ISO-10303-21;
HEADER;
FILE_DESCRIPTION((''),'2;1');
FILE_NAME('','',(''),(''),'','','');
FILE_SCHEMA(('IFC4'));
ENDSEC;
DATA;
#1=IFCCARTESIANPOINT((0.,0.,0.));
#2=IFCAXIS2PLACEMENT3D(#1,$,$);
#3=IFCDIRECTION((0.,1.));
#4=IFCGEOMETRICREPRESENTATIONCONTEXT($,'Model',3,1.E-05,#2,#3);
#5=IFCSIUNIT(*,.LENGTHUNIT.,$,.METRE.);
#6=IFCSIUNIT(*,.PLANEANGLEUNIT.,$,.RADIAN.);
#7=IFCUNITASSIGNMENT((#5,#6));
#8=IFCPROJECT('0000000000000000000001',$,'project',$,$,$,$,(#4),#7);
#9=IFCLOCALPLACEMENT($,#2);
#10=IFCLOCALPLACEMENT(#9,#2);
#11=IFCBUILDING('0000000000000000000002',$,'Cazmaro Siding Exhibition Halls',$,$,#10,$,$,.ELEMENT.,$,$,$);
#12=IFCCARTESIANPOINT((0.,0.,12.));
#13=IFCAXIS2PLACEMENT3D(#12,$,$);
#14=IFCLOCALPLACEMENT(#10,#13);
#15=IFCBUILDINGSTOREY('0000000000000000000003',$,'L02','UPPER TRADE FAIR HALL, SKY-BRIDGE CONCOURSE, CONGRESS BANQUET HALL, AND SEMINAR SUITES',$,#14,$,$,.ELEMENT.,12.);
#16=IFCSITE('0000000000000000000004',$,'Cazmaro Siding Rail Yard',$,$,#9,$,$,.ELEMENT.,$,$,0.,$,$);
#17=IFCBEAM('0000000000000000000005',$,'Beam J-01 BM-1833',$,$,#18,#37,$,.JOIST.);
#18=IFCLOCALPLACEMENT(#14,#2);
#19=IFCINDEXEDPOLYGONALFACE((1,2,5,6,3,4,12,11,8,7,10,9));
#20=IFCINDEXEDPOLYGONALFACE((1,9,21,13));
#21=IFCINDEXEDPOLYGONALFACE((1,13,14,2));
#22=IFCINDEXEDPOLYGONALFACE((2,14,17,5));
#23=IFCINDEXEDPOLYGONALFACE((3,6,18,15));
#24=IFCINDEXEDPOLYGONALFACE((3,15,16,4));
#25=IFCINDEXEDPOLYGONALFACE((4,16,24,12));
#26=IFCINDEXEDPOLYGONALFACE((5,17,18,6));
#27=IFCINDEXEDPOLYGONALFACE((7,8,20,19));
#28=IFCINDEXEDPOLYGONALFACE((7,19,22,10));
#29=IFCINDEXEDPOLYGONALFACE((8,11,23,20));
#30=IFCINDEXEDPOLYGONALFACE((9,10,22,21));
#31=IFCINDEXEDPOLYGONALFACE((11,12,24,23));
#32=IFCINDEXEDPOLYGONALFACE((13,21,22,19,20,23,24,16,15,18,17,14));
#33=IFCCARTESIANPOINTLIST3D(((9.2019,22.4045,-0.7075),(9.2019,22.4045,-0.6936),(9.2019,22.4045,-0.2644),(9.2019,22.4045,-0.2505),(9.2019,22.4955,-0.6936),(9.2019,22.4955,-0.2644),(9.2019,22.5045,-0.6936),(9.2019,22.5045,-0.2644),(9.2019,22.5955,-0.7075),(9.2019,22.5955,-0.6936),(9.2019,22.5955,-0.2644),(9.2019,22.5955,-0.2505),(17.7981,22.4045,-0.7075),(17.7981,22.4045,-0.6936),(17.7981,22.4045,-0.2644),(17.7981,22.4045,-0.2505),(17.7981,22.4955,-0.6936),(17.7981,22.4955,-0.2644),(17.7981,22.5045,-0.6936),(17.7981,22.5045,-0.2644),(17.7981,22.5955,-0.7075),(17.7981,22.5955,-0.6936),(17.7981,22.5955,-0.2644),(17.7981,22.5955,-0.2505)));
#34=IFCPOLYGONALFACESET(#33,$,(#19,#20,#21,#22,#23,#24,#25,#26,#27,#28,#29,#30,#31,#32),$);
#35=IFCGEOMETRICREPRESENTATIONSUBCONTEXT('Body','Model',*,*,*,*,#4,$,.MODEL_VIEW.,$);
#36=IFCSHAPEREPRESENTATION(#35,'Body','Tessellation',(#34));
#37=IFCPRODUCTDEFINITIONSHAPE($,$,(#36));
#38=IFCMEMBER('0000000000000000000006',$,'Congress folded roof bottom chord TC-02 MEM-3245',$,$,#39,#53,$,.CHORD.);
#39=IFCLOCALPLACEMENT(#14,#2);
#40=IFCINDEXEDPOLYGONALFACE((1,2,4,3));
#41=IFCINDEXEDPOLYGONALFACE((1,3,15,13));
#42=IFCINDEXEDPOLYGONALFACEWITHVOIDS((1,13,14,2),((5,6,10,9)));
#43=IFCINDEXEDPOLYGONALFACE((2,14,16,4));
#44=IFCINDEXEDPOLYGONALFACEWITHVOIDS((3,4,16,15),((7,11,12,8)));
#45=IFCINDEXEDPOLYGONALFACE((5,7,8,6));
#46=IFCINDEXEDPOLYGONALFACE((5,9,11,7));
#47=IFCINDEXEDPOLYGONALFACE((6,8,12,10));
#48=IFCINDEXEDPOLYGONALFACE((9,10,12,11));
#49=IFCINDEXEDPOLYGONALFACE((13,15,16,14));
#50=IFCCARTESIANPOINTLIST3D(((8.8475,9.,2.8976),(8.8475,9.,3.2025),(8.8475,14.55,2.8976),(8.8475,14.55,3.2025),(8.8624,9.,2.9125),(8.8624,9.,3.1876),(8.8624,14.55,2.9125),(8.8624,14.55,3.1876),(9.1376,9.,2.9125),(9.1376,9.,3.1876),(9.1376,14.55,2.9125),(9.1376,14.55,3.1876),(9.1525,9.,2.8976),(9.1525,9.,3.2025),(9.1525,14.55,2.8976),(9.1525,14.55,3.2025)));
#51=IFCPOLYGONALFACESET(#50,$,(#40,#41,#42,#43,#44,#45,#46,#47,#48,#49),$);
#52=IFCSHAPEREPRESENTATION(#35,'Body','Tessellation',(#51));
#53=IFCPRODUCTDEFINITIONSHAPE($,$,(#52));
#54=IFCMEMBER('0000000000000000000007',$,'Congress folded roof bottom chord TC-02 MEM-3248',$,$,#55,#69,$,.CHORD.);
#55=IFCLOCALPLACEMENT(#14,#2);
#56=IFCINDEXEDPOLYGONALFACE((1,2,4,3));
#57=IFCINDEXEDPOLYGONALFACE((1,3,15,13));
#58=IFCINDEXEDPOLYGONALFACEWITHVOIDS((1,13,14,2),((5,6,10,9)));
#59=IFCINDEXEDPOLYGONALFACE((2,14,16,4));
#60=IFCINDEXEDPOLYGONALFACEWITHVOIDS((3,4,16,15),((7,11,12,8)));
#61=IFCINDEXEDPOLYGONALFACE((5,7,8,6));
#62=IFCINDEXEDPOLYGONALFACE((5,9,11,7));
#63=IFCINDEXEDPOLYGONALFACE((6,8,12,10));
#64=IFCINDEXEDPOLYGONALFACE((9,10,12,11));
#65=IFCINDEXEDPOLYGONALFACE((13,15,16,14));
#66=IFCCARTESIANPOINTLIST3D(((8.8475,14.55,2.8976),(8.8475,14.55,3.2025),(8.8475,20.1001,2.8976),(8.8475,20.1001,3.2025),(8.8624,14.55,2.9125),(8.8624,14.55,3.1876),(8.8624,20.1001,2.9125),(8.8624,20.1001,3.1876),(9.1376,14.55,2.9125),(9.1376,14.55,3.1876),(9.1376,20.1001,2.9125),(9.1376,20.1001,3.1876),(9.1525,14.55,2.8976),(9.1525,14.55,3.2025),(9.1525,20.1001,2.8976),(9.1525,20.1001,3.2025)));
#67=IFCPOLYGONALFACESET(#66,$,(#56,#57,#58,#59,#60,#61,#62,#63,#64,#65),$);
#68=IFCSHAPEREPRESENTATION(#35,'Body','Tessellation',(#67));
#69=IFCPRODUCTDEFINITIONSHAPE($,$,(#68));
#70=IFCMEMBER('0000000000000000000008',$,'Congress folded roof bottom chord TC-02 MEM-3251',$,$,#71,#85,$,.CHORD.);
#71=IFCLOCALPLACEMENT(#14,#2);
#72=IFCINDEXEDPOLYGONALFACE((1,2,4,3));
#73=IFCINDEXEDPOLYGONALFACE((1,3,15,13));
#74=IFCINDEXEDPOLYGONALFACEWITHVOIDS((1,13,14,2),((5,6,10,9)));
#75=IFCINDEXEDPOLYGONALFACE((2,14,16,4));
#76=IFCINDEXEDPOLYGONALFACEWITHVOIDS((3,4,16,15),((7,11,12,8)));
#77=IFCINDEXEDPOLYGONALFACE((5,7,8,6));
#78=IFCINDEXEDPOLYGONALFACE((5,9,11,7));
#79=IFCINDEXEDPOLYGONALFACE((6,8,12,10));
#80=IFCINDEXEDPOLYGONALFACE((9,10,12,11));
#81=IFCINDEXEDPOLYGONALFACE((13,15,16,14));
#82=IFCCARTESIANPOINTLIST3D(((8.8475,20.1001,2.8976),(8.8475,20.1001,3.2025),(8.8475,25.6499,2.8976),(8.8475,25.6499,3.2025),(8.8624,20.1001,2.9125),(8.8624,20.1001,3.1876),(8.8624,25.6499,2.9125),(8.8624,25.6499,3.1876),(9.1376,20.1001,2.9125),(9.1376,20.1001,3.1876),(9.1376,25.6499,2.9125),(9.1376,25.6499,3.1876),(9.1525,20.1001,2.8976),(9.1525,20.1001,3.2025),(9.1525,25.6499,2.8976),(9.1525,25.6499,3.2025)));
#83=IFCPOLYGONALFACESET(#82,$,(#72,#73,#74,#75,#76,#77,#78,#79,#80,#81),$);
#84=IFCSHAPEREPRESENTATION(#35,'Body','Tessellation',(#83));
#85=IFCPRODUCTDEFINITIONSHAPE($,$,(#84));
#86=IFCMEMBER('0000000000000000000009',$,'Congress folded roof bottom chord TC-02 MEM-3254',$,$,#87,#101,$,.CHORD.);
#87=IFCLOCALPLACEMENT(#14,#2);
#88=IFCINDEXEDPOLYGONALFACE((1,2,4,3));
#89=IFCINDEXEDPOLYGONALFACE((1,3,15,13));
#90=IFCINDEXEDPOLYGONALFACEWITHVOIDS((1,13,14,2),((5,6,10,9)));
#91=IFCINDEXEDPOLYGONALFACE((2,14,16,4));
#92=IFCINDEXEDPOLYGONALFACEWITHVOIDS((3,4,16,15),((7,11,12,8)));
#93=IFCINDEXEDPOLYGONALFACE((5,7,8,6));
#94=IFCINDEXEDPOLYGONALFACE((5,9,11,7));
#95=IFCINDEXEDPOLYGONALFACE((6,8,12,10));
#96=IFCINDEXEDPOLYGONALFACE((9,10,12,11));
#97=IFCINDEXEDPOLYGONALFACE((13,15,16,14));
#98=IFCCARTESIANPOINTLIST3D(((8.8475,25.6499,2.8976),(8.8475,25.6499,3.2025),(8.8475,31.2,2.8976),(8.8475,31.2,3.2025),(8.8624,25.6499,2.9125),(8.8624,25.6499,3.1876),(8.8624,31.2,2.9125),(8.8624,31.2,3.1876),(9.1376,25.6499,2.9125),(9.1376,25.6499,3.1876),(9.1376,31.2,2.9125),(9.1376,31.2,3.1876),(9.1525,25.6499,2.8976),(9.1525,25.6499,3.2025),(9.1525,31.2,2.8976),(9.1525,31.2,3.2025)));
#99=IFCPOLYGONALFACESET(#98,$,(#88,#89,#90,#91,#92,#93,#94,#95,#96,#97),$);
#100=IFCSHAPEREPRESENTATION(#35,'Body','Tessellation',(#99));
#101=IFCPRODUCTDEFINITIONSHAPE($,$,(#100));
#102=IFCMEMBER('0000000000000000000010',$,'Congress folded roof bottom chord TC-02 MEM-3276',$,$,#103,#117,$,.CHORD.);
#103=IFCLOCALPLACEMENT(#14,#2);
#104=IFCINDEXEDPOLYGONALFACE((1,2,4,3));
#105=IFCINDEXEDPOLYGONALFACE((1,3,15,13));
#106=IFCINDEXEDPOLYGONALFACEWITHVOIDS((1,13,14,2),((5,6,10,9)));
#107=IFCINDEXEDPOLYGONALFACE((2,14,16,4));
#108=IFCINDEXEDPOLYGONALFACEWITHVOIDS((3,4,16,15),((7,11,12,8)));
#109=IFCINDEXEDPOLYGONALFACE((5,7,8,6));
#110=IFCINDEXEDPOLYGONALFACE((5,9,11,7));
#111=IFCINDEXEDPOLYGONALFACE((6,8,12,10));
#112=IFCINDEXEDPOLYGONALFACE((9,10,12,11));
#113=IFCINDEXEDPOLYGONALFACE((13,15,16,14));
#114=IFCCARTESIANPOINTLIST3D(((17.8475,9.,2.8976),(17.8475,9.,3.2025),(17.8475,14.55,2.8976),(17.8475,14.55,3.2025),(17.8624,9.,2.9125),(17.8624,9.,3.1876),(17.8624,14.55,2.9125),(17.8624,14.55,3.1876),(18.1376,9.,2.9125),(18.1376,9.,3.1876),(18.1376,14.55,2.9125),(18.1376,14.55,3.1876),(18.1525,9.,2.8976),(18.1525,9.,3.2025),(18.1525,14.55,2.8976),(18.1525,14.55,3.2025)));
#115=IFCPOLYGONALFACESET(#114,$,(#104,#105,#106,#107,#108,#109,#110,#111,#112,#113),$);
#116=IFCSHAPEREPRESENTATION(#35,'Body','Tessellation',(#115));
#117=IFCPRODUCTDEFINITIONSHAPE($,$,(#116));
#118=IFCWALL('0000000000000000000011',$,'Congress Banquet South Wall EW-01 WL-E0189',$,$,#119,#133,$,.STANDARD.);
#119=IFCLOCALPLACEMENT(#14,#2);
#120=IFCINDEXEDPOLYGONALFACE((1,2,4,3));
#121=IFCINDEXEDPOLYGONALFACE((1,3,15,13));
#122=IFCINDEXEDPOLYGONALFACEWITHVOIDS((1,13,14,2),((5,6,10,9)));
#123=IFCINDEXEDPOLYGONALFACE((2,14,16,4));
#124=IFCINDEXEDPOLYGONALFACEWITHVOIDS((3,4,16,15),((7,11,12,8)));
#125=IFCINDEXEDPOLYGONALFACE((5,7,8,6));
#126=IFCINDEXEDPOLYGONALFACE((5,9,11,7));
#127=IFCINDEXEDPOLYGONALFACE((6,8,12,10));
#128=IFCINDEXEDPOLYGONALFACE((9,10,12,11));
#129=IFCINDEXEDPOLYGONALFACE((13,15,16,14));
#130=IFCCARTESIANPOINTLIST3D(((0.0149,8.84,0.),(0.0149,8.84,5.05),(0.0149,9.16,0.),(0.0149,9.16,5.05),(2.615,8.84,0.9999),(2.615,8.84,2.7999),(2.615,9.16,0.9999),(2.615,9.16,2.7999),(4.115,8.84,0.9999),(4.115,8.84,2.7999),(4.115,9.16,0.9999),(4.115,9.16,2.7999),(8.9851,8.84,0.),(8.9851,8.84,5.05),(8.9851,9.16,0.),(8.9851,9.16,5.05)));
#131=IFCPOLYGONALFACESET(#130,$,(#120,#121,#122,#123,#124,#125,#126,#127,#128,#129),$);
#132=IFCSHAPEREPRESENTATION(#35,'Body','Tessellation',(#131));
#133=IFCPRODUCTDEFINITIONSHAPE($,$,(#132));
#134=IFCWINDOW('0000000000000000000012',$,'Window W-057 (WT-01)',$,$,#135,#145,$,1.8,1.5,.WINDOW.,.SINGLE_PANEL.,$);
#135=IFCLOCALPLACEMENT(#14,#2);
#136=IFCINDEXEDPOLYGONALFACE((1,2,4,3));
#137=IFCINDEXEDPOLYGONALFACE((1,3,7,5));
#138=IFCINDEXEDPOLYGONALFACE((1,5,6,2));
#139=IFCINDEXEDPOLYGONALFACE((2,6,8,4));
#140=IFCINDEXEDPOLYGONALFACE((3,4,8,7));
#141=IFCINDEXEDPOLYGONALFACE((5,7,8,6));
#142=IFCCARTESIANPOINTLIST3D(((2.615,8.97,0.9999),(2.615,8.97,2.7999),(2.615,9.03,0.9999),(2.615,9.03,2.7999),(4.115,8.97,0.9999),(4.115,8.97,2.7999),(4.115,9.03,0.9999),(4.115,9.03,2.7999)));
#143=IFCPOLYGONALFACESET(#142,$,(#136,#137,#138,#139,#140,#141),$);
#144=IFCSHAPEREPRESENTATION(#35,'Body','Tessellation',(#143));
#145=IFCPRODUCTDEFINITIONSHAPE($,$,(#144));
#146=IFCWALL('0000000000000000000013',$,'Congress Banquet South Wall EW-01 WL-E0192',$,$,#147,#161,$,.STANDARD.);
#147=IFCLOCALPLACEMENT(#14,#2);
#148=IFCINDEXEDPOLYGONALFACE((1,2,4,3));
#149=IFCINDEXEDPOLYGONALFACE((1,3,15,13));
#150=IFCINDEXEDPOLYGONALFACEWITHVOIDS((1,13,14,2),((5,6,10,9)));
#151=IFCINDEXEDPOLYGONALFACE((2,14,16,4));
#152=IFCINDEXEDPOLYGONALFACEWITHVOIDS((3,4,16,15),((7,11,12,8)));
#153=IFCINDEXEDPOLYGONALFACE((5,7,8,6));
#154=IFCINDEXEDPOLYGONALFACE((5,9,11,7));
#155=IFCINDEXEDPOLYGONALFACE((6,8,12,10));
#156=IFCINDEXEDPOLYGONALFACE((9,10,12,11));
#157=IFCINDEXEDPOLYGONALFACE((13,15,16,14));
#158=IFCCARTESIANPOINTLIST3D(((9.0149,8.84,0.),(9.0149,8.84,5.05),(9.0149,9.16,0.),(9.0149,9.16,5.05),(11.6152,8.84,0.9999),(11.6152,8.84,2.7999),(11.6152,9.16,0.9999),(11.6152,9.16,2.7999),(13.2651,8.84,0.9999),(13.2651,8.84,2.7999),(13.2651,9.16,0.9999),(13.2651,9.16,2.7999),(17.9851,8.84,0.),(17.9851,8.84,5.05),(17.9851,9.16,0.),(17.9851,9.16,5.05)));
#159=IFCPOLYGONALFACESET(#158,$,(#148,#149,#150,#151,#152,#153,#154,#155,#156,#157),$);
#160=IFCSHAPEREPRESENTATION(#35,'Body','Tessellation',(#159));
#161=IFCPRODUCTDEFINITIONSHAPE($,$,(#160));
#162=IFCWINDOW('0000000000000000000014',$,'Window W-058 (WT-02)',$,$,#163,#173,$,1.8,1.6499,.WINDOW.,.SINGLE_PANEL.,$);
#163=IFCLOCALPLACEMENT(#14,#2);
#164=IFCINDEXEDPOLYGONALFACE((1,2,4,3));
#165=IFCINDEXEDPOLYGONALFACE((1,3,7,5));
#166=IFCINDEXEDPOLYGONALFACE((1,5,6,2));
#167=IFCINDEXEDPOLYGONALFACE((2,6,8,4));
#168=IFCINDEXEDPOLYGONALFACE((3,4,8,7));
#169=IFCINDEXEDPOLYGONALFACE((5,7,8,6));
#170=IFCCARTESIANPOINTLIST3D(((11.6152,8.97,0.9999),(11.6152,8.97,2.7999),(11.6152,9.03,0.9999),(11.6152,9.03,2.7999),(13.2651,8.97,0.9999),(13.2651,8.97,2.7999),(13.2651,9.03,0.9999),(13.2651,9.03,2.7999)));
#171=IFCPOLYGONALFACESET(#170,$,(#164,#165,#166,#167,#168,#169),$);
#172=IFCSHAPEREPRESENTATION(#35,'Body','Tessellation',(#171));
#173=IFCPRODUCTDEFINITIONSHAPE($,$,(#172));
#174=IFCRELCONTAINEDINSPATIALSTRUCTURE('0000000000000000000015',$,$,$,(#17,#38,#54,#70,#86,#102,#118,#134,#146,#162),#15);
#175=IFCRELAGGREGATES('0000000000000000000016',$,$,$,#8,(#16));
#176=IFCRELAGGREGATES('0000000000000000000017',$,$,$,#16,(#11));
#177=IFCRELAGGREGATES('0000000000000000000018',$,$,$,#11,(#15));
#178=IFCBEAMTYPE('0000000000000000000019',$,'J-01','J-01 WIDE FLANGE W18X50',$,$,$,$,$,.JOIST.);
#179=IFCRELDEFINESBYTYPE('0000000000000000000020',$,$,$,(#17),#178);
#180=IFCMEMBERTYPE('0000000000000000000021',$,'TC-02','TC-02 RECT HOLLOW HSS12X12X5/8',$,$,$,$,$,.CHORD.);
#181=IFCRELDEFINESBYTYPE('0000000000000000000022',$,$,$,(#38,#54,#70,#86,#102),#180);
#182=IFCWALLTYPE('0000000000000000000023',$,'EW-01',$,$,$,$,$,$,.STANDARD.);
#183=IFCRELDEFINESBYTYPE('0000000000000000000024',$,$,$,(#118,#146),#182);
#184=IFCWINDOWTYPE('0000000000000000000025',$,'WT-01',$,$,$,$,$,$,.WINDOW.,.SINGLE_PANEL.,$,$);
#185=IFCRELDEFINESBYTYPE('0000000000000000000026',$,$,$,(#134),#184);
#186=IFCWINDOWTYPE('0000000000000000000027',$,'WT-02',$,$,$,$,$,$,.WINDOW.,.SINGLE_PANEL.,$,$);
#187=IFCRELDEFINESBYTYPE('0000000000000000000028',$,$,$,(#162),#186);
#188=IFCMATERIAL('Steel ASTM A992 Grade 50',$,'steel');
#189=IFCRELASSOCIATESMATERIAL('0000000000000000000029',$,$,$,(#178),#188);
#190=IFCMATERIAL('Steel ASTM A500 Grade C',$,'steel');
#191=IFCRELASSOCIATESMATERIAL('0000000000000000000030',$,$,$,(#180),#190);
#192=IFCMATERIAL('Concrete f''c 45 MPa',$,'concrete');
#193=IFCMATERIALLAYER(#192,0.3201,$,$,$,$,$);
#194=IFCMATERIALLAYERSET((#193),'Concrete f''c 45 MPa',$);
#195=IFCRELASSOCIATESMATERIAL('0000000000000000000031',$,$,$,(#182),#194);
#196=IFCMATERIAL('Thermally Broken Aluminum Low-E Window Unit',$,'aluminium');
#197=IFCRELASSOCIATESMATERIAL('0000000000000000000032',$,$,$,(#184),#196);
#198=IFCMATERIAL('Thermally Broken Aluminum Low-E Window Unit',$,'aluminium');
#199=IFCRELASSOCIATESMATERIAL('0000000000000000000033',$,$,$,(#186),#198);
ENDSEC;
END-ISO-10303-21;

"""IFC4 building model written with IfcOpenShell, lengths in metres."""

from ifc_helpers import new_model, si_unit, direction, frame, frame_2d, origin, origin_2d, place, context, subcontext, project, spatial, rectangle, hollow_rectangle, i_section, extrude, material, layer, layer_set, material_profile, profile_set, type_object, element, fill, save


model = new_model("IFC4")

# Units and contexts
model_context = context("Model", 3, precision=1e-05, world=origin(), true_north=direction((0.0, 1.0)))
body_context = subcontext(model_context, "Body", "Model", "MODEL_VIEW")
ifc_project = project(units=[si_unit("LENGTHUNIT", "METRE"), si_unit("PLANEANGLEUNIT", "RADIAN")], contexts=[model_context])

# Site, building, storey
site_placement = place(None, origin())
site = spatial("IfcSite", under=ifc_project, at=site_placement, Name="Cazmaro Siding Rail Yard", CompositionType="ELEMENT", RefElevation=0.0)
building_placement = place(site_placement, origin())
building = spatial("IfcBuilding", under=site, at=building_placement, Name="Cazmaro Siding Exhibition Halls", CompositionType="ELEMENT")
storey_placement = place(building_placement, frame((0.0, 0.0, 12.0)))
storey = spatial("IfcBuildingStorey", under=building, at=storey_placement, Name="L02", Description="UPPER TRADE FAIR HALL, SKY-BRIDGE CONCOURSE, CONGRESS BANQUET HALL, AND SEMINAR SUITES", CompositionType="ELEMENT", Elevation=12.0)

# Beam
ifc_material_1 = material(Name="Steel ASTM A992 Grade 50", Category="steel")
ifc_material_profile_1 = material_profile(ifc_material_1, i_section(OverallWidth=0.1909, OverallDepth=0.457, WebThickness=0.009, FlangeThickness=0.0139, at=origin_2d()), Name="W18X50")
ifc_profile_set_1 = profile_set([ifc_material_profile_1], Name="Steel ASTM A992 Grade 50")
beam_type_1 = type_object("IfcBeamType", Name="J-01", Description="J-01 WIDE FLANGE W18X50", PredefinedType="JOIST", material=ifc_profile_set_1)
beam_1_placement = place(storey_placement, frame((9.2019, 22.5, -0.479), z_axis=(1.0, 0.0, 0.0), x_axis=(0.0, 1.0, 0.0)))
element("IfcBeam", 1, at=beam_1_placement, inside=storey, type_object=beam_type_1, Name="Beam J-01 BM-1833", PredefinedType="JOIST", context=body_context, shape_type="SweptSolid", body=[
    extrude(i_section(OverallWidth=0.1909, OverallDepth=0.457, WebThickness=0.009, FlangeThickness=0.0139, at=origin_2d()), origin(), (0.0, 0.0, 1.0), 8.5962),
])

# Members
ifc_material_2 = material(Name="Steel ASTM A500 Grade C", Category="steel")
ifc_material_profile_2 = material_profile(ifc_material_2, hollow_rectangle(XDim=0.3049, YDim=0.3049, WallThickness=0.0149, at=origin_2d()), Name="HSS12X12X5/8")
ifc_profile_set_2 = profile_set([ifc_material_profile_2], Name="Steel ASTM A500 Grade C")
member_type = type_object("IfcMemberType", Name="TC-02", Description="TC-02 RECT HOLLOW HSS12X12X5/8", PredefinedType="CHORD", material=ifc_profile_set_2)
for number, where, z_axis, x_axis, name in (
    (2, (9.0, 9.0, 3.05), (0.0, 1.0, 0.0), (-1.0, 0.0, 0.0), "Congress folded roof bottom chord TC-02 MEM-3245"),
    (3, (9.0, 14.55, 3.05), (0.0, 1.0, 0.0), (-1.0, 0.0, 0.0), "Congress folded roof bottom chord TC-02 MEM-3248"),
):
    element("IfcMember", number, at=place(storey_placement, frame(where, z_axis=z_axis, x_axis=x_axis)), inside=storey, type_object=member_type, Name=name, PredefinedType="CHORD", context=body_context, shape_type="SweptSolid", body=[
        extrude(hollow_rectangle(XDim=0.3049, YDim=0.3049, WallThickness=0.0149, at=origin_2d()), origin(), (0.0, 0.0, 1.0), 5.55),
    ])
member_placement = place(storey_placement, frame((9.0, 20.1001, 3.05), z_axis=(0.0, 1.0, 0.0), x_axis=(-1.0, 0.0, 0.0)))
element("IfcMember", 4, at=member_placement, inside=storey, type_object=member_type, Name="Congress folded roof bottom chord TC-02 MEM-3251", PredefinedType="CHORD", context=body_context, shape_type="SweptSolid", body=[
    extrude(hollow_rectangle(XDim=0.3049, YDim=0.3049, WallThickness=0.0149, at=origin_2d()), origin(), (0.0, 0.0, 1.0), 5.5498),
])
for number, where, z_axis, x_axis, name in (
    (5, (9.0, 25.6499, 3.05), (0.0, 1.0, 0.0), (-1.0, 0.0, 0.0), "Congress folded roof bottom chord TC-02 MEM-3254"),
    (6, (18.0, 9.0, 3.05), (0.0, 1.0, 0.0), (-1.0, 0.0, 0.0), "Congress folded roof bottom chord TC-02 MEM-3276"),
):
    element("IfcMember", number, at=place(storey_placement, frame(where, z_axis=z_axis, x_axis=x_axis)), inside=storey, type_object=member_type, Name=name, PredefinedType="CHORD", context=body_context, shape_type="SweptSolid", body=[
        extrude(hollow_rectangle(XDim=0.3049, YDim=0.3049, WallThickness=0.0149, at=origin_2d()), origin(), (0.0, 0.0, 1.0), 5.55),
    ])

# Walls, openings, windows
ifc_material_3 = material(Name="Concrete f'c 45 MPa", Category="concrete")
ifc_layer_1 = layer(ifc_material_3, 0.3201)
ifc_layer_set_1 = layer_set([ifc_layer_1], Name="Concrete f'c 45 MPa")
wall_type_1 = type_object("IfcWallType", Name="EW-01", PredefinedType="STANDARD", material=ifc_layer_set_1)
wall_1_placement = place(storey_placement, frame((8.9851, 9.0, 0.0), z_axis=(0.0, 0.0, 1.0), x_axis=(-1.0, 0.0, 0.0)))
wall_1 = element("IfcWall", 7, at=wall_1_placement, inside=storey, type_object=wall_type_1, Name="Congress Banquet South Wall EW-01 WL-E0189", PredefinedType="STANDARD", context=body_context, shape_type="SweptSolid", body=[
    extrude(rectangle(XDim=8.9702, YDim=0.3201, at=frame_2d((4.4851, 0.0))), origin(), (0.0, 0.0, 1.0), 5.05),
])
opening_1_placement = place(wall_1_placement, frame((4.8701, 0.0, 1.0)))
opening_1 = element("IfcOpeningElement", 8, at=opening_1_placement, cuts=wall_1, PredefinedType="OPENING", context=body_context, shape_type="SweptSolid", body=[
    extrude(rectangle(XDim=1.5, YDim=1.8, at=frame_2d((0.75, 0.8999))), frame((0.0, 0.1699, 0.0), z_axis=(0.0, -1.0, 0.0), x_axis=(1.0, 0.0, 0.0)), (0.0, 0.0, 1.0), 0.3401),
])
ifc_material_4 = material(Name="Thermally Broken Aluminum Low-E Window Unit", Category="aluminium")
window_type_1 = type_object("IfcWindowType", Name="WT-01", PartitioningType="SINGLE_PANEL", PredefinedType="WINDOW", material=ifc_material_4)
window_1_placement = place(opening_1_placement, origin())
window_1 = element("IfcWindow", 9, at=window_1_placement, inside=storey, type_object=window_type_1, Name="Window W-057 (WT-01)", OverallHeight=1.8, OverallWidth=1.5, PartitioningType="SINGLE_PANEL", PredefinedType="WINDOW", context=body_context, shape_type="SweptSolid", body=[
    extrude(rectangle(XDim=1.5, YDim=1.8, at=frame_2d((0.75, 0.8999))), frame((0.0, 0.03, 0.0), z_axis=(0.0, -1.0, 0.0), x_axis=(1.0, 0.0, 0.0)), (0.0, 0.0, 1.0), 0.0601),
])
fill(opening_1, window_1)
wall_2_placement = place(storey_placement, frame((17.9851, 9.0, 0.0), z_axis=(0.0, 0.0, 1.0), x_axis=(-1.0, 0.0, 0.0)))
wall_2 = element("IfcWall", 10, at=wall_2_placement, inside=storey, type_object=wall_type_1, Name="Congress Banquet South Wall EW-01 WL-E0192", PredefinedType="STANDARD", context=body_context, shape_type="SweptSolid", body=[
    extrude(rectangle(XDim=8.9702, YDim=0.3201, at=frame_2d((4.4851, 0.0))), origin(), (0.0, 0.0, 1.0), 5.05),
])
opening_2_placement = place(wall_2_placement, frame((4.72, 0.0, 1.0)))
opening_2 = element("IfcOpeningElement", 11, at=opening_2_placement, cuts=wall_2, PredefinedType="OPENING", context=body_context, shape_type="SweptSolid", body=[
    extrude(rectangle(XDim=1.6499, YDim=1.8, at=frame_2d((0.825, 0.8999))), frame((0.0, 0.1699, 0.0), z_axis=(0.0, -1.0, 0.0), x_axis=(1.0, 0.0, 0.0)), (0.0, 0.0, 1.0), 0.3401),
])
ifc_material_5 = material(Name="Thermally Broken Aluminum Low-E Window Unit", Category="aluminium")
window_type_2 = type_object("IfcWindowType", Name="WT-02", PartitioningType="SINGLE_PANEL", PredefinedType="WINDOW", material=ifc_material_5)
window_2_placement = place(opening_2_placement, origin())
window_2 = element("IfcWindow", 12, at=window_2_placement, inside=storey, type_object=window_type_2, Name="Window W-058 (WT-02)", OverallHeight=1.8, OverallWidth=1.6499, PartitioningType="SINGLE_PANEL", PredefinedType="WINDOW", context=body_context, shape_type="SweptSolid", body=[
    extrude(rectangle(XDim=1.6499, YDim=1.8, at=frame_2d((0.825, 0.8999))), frame((0.0, 0.03, 0.0), z_axis=(0.0, -1.0, 0.0), x_axis=(1.0, 0.0, 0.0)), (0.0, 0.0, 1.0), 0.0601),
])
fill(opening_2, window_2)

save(model, "model.ifc")
